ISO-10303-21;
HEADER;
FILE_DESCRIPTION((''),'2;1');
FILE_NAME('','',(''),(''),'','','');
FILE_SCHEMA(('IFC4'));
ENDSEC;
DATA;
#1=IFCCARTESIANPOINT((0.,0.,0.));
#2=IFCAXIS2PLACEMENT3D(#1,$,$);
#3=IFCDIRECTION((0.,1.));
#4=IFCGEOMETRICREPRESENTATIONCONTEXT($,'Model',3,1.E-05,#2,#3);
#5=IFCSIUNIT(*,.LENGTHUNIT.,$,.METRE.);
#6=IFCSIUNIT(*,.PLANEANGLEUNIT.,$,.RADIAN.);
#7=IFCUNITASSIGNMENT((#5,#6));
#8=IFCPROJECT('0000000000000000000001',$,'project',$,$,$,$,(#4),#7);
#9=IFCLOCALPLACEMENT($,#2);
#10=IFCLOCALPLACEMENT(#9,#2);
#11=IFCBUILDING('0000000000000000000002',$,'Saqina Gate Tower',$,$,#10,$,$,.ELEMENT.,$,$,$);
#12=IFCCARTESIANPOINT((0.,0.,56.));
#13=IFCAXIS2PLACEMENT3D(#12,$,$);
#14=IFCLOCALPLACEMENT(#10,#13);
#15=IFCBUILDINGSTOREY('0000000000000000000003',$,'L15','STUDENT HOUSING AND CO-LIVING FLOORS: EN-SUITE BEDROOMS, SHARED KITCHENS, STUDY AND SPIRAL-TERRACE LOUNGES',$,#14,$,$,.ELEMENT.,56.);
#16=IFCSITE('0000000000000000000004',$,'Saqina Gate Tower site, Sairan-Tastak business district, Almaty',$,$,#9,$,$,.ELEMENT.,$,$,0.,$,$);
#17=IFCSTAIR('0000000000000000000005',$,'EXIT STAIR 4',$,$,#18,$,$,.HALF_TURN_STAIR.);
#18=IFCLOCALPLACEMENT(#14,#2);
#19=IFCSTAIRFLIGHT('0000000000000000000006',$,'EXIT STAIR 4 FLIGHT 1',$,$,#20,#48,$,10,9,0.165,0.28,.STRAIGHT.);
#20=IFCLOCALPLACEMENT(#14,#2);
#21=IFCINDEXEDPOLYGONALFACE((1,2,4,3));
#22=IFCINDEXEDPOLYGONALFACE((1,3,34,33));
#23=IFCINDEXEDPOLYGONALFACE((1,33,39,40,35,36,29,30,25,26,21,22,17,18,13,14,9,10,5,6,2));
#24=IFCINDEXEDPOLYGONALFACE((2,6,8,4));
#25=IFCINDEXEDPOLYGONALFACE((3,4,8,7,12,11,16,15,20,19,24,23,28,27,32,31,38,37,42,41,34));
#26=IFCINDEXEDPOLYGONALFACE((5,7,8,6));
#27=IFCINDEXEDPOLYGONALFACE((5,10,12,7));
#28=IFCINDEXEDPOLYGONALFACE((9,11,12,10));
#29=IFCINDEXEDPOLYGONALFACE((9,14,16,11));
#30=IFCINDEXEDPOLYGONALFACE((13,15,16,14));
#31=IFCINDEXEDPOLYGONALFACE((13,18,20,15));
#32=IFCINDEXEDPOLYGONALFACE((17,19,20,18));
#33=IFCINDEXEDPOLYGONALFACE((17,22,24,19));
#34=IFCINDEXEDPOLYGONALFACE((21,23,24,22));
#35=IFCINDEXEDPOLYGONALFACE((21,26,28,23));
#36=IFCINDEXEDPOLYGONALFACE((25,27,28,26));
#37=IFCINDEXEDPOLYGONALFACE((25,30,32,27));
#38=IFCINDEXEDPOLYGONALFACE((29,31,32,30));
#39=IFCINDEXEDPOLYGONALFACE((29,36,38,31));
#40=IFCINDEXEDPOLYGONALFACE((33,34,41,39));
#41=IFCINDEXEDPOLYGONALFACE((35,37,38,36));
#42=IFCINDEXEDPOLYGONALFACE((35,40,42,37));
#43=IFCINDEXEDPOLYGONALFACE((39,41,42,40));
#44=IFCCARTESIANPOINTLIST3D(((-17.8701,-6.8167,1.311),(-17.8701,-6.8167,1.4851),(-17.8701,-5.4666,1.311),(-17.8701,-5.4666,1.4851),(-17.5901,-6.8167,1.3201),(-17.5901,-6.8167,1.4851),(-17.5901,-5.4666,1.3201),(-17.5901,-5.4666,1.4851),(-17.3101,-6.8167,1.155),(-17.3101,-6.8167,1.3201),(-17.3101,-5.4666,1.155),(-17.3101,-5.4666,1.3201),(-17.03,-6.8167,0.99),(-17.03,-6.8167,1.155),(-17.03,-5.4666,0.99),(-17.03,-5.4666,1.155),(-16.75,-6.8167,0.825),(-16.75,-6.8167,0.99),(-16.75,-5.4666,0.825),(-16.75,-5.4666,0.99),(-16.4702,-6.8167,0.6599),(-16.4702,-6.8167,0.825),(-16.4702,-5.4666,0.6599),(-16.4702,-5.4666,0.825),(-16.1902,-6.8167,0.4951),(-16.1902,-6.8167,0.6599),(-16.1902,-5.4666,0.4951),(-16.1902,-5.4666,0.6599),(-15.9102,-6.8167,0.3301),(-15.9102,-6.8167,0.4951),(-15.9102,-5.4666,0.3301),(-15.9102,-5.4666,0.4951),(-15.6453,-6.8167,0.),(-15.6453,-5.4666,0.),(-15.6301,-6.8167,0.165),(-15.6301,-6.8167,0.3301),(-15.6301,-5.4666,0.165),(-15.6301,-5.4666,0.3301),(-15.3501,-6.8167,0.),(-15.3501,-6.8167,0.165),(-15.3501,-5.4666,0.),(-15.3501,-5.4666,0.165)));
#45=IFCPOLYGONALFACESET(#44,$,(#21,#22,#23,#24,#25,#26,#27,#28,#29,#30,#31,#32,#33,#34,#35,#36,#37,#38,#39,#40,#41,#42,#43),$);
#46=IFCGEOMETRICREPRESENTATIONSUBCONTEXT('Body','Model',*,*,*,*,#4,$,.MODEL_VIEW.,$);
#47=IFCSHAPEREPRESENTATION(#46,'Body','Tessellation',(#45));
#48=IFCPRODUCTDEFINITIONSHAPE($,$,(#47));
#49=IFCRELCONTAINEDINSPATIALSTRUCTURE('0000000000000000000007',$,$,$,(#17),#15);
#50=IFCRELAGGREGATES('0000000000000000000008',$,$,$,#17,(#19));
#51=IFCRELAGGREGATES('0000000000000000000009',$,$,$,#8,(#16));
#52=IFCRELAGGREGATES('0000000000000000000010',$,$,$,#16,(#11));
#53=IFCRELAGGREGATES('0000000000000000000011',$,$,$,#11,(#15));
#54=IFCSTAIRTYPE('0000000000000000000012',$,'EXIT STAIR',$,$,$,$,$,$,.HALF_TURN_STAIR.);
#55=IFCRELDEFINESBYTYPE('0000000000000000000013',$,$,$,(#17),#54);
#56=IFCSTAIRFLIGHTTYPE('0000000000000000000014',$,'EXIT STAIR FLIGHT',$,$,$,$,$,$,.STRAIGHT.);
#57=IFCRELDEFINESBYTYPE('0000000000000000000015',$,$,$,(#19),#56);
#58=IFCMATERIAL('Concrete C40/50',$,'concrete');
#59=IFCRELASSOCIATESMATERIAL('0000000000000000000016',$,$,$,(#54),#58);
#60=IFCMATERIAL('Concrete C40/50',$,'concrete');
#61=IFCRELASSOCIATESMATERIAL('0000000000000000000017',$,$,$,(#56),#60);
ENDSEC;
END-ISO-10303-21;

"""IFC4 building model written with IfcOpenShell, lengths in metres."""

from ifc_helpers import new_model, si_unit, direction, frame, origin, place, context, subcontext, project, spatial, polyline, outline, extrude, material, type_object, element, aggregate, save


model = new_model("IFC4")

# Units and contexts
model_context = context("Model", 3, precision=1e-05, world=origin(), true_north=direction((0.0, 1.0)))
body_context = subcontext(model_context, "Body", "Model", "MODEL_VIEW")
ifc_project = project(units=[si_unit("LENGTHUNIT", "METRE"), si_unit("PLANEANGLEUNIT", "RADIAN")], contexts=[model_context])

# Site, building, storey
site_placement = place(None, origin())
site = spatial("IfcSite", under=ifc_project, at=site_placement, Name="Saqina Gate Tower site, Sairan-Tastak business district, Almaty", CompositionType="ELEMENT", RefElevation=0.0)
building_placement = place(site_placement, origin())
building = spatial("IfcBuilding", under=site, at=building_placement, Name="Saqina Gate Tower", CompositionType="ELEMENT")
storey_placement = place(building_placement, frame((0.0, 0.0, 56.0)))
storey = spatial("IfcBuildingStorey", under=building, at=storey_placement, Name="L15", Description="STUDENT HOUSING AND CO-LIVING FLOORS: EN-SUITE BEDROOMS, SHARED KITCHENS, STUDY AND SPIRAL-TERRACE LOUNGES", CompositionType="ELEMENT", Elevation=56.0)

# Stair, stair flight
ifc_material_1 = material(Name="Concrete C40/50", Category="concrete")
stair_type = type_object("IfcStairType", Name="EXIT STAIR", PredefinedType="HALF_TURN_STAIR", material=ifc_material_1)
stair_placement = place(storey_placement, origin())
stair = element("IfcStair", 1, at=stair_placement, inside=storey, type_object=stair_type, Name="EXIT STAIR 4", PredefinedType="HALF_TURN_STAIR")
ifc_material_2 = material(Name="Concrete C40/50", Category="concrete")
stair_flight_type = type_object("IfcStairFlightType", Name="EXIT STAIR FLIGHT", PredefinedType="STRAIGHT", material=ifc_material_2)
stair_flight_placement = place(storey_placement, frame((-15.3501, -6.1416, 0.0), z_axis=(0.0, 0.0, 1.0), x_axis=(-1.0, 0.0, 0.0)))
stair_flight = element("IfcStairFlight", 2, at=stair_flight_placement, type_object=stair_flight_type, Name="EXIT STAIR 4 FLIGHT 1", NumberOfRisers=10, NumberOfTreads=9, PredefinedType="STRAIGHT", RiserHeight=0.165, TreadLength=0.28, context=body_context, shape_type="SweptSolid", body=[
    extrude(outline(polyline([(0.0, 0.0), (0.0, 0.165), (0.28, 0.165), (0.28, 0.3301), (0.5601, 0.3301), (0.5601, 0.4951), (0.8401, 0.4951), (0.8401, 0.6599), (1.1201, 0.6599), (1.1201, 0.825), (1.3999, 0.825), (1.3999, 0.99), (1.6799, 0.99), (1.6799, 1.155), (1.96, 1.155), (1.96, 1.3201), (2.24, 1.3201), (2.24, 1.4851), (2.52, 1.4851), (2.52, 1.6499), (2.52, 1.311), (0.2952, 0.0), (0.0, 0.0)])), frame((0.0, 0.675, 0.0), z_axis=(0.0, -1.0, 0.0), x_axis=(1.0, 0.0, 0.0)), (0.0, 0.0, 1.0), 1.3501),
])
aggregate(stair, [stair_flight])

save(model, "model.ifc")
